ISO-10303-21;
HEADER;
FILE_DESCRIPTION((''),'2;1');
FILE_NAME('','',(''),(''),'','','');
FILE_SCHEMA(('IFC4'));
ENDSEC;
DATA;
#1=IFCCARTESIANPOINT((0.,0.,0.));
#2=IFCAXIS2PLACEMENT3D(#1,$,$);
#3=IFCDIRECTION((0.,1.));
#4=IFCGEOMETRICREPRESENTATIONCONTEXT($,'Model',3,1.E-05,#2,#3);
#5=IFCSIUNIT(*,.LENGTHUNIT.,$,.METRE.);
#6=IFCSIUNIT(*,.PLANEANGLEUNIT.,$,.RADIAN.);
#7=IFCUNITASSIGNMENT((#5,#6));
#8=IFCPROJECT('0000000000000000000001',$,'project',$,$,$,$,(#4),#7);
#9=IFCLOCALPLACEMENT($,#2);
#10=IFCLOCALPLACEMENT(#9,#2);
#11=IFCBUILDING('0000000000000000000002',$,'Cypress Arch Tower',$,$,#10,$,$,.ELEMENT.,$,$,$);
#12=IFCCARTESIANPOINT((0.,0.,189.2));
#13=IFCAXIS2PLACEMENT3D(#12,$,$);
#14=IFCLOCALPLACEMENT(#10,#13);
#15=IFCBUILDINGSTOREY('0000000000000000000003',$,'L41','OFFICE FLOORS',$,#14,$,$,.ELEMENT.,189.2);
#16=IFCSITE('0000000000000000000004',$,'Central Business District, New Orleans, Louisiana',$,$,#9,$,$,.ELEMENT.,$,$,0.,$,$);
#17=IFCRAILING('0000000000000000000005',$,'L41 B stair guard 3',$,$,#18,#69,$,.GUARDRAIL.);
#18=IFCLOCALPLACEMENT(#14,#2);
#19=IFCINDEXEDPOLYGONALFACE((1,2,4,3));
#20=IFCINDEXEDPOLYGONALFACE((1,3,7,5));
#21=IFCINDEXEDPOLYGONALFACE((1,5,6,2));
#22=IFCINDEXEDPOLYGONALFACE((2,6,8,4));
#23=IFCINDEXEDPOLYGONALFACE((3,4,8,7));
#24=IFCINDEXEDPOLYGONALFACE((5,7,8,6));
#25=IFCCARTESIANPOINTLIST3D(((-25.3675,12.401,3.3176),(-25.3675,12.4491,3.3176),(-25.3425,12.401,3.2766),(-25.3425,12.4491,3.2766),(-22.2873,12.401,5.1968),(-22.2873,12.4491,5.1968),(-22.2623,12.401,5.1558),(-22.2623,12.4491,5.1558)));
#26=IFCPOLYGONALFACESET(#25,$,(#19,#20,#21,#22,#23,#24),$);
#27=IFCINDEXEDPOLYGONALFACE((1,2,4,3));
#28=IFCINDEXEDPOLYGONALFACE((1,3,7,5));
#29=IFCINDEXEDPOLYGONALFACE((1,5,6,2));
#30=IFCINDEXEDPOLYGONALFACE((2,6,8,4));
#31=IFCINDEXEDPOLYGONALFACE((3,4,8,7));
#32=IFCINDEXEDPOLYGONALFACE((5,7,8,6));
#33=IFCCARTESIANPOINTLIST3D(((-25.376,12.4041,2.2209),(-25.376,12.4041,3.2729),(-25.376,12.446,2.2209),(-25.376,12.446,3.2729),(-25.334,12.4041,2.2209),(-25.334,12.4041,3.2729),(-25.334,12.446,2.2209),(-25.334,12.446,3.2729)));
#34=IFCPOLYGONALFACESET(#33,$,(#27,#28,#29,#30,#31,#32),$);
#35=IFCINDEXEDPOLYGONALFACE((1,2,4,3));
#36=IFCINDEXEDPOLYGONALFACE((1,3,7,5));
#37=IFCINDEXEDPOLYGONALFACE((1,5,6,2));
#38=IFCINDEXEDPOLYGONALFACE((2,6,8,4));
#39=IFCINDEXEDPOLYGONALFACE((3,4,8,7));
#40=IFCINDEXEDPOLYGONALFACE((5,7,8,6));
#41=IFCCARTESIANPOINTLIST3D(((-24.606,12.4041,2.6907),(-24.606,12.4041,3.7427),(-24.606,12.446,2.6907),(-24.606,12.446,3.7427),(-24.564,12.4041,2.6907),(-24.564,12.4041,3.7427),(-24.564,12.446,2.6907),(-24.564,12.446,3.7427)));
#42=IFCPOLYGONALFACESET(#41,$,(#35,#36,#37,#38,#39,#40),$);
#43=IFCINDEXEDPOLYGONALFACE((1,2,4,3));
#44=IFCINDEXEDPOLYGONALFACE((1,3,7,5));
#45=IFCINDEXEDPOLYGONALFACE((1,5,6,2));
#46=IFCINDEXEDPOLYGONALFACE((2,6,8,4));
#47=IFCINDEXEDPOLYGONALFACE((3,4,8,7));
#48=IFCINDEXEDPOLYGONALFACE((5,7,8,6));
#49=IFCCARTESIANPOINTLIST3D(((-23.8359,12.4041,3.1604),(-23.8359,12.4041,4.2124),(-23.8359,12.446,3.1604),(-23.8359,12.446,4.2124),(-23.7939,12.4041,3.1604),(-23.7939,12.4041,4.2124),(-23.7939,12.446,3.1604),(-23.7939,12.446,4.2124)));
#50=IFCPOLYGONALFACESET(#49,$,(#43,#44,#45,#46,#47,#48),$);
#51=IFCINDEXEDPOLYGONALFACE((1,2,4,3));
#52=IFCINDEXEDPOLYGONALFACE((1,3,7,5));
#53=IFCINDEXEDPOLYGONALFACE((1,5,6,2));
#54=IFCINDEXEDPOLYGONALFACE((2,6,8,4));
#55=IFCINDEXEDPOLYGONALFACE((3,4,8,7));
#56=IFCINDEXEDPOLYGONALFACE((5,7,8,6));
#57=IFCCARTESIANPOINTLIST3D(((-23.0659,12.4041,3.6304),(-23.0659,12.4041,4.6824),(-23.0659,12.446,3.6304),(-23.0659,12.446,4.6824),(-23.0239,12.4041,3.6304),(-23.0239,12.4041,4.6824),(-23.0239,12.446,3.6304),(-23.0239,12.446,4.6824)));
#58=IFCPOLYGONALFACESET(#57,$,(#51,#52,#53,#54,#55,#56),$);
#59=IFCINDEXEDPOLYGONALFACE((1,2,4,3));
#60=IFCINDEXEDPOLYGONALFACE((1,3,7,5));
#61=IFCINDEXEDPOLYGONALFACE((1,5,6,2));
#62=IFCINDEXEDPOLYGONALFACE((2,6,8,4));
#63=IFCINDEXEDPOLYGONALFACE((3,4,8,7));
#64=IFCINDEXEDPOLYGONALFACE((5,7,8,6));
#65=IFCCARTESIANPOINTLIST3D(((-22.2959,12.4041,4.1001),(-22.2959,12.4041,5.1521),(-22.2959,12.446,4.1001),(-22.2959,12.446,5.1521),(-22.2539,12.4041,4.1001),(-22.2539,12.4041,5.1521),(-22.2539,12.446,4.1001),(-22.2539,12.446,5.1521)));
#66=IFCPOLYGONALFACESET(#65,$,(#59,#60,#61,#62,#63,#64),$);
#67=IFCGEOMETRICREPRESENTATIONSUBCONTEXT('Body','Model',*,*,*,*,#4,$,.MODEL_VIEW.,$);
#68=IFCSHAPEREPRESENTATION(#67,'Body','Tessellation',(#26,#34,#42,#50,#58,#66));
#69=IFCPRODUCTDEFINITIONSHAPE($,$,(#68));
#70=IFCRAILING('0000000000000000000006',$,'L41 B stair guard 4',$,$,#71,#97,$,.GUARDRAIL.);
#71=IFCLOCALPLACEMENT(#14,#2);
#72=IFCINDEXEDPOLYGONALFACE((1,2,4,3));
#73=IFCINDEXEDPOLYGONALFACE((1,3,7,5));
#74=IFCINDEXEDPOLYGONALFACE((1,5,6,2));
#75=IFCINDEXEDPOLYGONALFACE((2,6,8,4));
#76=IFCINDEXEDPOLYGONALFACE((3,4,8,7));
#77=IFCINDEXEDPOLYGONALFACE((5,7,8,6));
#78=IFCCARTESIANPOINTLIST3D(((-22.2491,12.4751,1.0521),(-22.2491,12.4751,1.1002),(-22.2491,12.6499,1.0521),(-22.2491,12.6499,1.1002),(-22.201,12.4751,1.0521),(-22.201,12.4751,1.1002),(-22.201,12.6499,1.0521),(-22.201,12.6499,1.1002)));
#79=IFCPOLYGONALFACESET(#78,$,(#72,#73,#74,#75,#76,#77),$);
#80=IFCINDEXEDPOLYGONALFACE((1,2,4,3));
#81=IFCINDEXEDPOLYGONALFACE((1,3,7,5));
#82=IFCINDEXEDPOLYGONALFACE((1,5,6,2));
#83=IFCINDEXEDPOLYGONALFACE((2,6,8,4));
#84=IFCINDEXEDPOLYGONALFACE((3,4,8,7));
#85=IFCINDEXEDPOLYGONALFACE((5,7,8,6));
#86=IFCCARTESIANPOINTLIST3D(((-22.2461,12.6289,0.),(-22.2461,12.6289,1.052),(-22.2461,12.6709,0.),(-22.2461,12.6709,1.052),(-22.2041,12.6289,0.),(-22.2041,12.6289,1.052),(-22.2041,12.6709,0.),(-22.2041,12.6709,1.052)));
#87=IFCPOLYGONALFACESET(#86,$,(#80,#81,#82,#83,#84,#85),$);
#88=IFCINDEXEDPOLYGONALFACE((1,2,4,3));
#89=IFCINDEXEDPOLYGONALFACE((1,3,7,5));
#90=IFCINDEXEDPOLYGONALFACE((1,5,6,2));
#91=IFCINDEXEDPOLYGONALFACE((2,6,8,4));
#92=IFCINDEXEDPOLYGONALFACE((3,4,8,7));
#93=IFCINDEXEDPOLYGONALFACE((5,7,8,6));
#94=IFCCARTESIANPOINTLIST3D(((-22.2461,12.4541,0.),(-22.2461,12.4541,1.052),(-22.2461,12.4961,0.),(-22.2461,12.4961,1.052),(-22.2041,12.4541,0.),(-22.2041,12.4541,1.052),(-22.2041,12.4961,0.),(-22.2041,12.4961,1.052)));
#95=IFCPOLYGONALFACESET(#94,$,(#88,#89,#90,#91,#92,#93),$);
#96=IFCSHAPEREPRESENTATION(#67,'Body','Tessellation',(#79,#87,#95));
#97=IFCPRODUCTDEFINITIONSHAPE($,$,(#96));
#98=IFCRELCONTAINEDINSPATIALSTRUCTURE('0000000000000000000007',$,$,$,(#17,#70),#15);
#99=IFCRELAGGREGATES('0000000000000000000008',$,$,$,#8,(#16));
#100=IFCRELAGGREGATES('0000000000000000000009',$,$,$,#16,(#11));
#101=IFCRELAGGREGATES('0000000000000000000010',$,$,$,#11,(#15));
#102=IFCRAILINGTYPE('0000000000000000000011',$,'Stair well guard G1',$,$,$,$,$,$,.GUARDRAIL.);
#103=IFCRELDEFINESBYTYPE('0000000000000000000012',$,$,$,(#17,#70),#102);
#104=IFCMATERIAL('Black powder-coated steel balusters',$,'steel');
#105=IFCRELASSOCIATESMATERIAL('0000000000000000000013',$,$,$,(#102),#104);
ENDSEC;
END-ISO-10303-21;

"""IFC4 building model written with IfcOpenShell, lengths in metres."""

from ifc_helpers import new_model, si_unit, direction, frame, origin, origin_2d, place, context, subcontext, project, spatial, rectangle, extrude, material, type_object, element, save


model = new_model("IFC4")

# Units and contexts
model_context = context("Model", 3, precision=1e-05, world=origin(), true_north=direction((0.0, 1.0)))
body_context = subcontext(model_context, "Body", "Model", "MODEL_VIEW")
ifc_project = project(units=[si_unit("LENGTHUNIT", "METRE"), si_unit("PLANEANGLEUNIT", "RADIAN")], contexts=[model_context])

# Site, building, storey
site_placement = place(None, origin())
site = spatial("IfcSite", under=ifc_project, at=site_placement, Name="Central Business District, New Orleans, Louisiana", CompositionType="ELEMENT", RefElevation=0.0)
building_placement = place(site_placement, origin())
building = spatial("IfcBuilding", under=site, at=building_placement, Name="Cypress Arch Tower", CompositionType="ELEMENT")
storey_placement = place(building_placement, frame((0.0, 0.0, 189.2)))
storey = spatial("IfcBuildingStorey", under=building, at=storey_placement, Name="L41", Description="OFFICE FLOORS", CompositionType="ELEMENT", Elevation=189.2)

# Railings
ifc_material_1 = material(Name="Black powder-coated steel balusters", Category="steel")
railing_type_1 = type_object("IfcRailingType", Name="Stair well guard G1", PredefinedType="GUARDRAIL", material=ifc_material_1)
railing_1_placement = place(storey_placement, frame((-25.355, 12.425, 2.2209)))
element("IfcRailing", 1, at=railing_1_placement, inside=storey, type_object=railing_type_1, Name="L41 B stair guard 3", PredefinedType="GUARDRAIL", context=body_context, shape_type="SweptSolid", body=[
    extrude(rectangle(XDim=0.0481, YDim=0.0481, at=origin_2d()), frame((0.0, 0.0, 1.0762), z_axis=(0.853666, 0.0, 0.52082), x_axis=(0.0, 1.0, 0.0)), (0.0, 0.0, 1.0), 3.6082),
    extrude(rectangle(XDim=0.042, YDim=0.042, at=origin_2d()), origin(), (0.0, 0.0, 1.0), 1.052),
    extrude(rectangle(XDim=0.042, YDim=0.042, at=origin_2d()), frame((0.77, 0.0, 0.4697)), (0.0, 0.0, 1.0), 1.052),
    extrude(rectangle(XDim=0.042, YDim=0.042, at=origin_2d()), frame((1.54, 0.0, 0.9395)), (0.0, 0.0, 1.0), 1.052),
    extrude(rectangle(XDim=0.042, YDim=0.042, at=origin_2d()), frame((2.3101, 0.0, 1.4094)), (0.0, 0.0, 1.0), 1.052),
    extrude(rectangle(XDim=0.042, YDim=0.042, at=origin_2d()), frame((3.0801, 0.0, 1.8792)), (0.0, 0.0, 1.0), 1.052),
])
railing_2_placement = place(storey_placement, frame((-22.2251, 12.6499, 0.0)))
element("IfcRailing", 2, at=railing_2_placement, inside=storey, type_object=railing_type_1, Name="L41 B stair guard 4", PredefinedType="GUARDRAIL", context=body_context, shape_type="SweptSolid", body=[
    extrude(rectangle(XDim=0.0481, YDim=0.0481, at=origin_2d()), frame((0.0, 0.0, 1.0762), z_axis=(0.0, -1.0, 0.0), x_axis=(1.0, 0.0, 0.0)), (0.0, 0.0, 1.0), 0.1748),
    extrude(rectangle(XDim=0.042, YDim=0.042, at=origin_2d()), origin(), (0.0, 0.0, 1.0), 1.052),
    extrude(rectangle(XDim=0.042, YDim=0.042, at=origin_2d()), frame((0.0, -0.1748, 0.0)), (0.0, 0.0, 1.0), 1.052),
])

save(model, "model.ifc")
